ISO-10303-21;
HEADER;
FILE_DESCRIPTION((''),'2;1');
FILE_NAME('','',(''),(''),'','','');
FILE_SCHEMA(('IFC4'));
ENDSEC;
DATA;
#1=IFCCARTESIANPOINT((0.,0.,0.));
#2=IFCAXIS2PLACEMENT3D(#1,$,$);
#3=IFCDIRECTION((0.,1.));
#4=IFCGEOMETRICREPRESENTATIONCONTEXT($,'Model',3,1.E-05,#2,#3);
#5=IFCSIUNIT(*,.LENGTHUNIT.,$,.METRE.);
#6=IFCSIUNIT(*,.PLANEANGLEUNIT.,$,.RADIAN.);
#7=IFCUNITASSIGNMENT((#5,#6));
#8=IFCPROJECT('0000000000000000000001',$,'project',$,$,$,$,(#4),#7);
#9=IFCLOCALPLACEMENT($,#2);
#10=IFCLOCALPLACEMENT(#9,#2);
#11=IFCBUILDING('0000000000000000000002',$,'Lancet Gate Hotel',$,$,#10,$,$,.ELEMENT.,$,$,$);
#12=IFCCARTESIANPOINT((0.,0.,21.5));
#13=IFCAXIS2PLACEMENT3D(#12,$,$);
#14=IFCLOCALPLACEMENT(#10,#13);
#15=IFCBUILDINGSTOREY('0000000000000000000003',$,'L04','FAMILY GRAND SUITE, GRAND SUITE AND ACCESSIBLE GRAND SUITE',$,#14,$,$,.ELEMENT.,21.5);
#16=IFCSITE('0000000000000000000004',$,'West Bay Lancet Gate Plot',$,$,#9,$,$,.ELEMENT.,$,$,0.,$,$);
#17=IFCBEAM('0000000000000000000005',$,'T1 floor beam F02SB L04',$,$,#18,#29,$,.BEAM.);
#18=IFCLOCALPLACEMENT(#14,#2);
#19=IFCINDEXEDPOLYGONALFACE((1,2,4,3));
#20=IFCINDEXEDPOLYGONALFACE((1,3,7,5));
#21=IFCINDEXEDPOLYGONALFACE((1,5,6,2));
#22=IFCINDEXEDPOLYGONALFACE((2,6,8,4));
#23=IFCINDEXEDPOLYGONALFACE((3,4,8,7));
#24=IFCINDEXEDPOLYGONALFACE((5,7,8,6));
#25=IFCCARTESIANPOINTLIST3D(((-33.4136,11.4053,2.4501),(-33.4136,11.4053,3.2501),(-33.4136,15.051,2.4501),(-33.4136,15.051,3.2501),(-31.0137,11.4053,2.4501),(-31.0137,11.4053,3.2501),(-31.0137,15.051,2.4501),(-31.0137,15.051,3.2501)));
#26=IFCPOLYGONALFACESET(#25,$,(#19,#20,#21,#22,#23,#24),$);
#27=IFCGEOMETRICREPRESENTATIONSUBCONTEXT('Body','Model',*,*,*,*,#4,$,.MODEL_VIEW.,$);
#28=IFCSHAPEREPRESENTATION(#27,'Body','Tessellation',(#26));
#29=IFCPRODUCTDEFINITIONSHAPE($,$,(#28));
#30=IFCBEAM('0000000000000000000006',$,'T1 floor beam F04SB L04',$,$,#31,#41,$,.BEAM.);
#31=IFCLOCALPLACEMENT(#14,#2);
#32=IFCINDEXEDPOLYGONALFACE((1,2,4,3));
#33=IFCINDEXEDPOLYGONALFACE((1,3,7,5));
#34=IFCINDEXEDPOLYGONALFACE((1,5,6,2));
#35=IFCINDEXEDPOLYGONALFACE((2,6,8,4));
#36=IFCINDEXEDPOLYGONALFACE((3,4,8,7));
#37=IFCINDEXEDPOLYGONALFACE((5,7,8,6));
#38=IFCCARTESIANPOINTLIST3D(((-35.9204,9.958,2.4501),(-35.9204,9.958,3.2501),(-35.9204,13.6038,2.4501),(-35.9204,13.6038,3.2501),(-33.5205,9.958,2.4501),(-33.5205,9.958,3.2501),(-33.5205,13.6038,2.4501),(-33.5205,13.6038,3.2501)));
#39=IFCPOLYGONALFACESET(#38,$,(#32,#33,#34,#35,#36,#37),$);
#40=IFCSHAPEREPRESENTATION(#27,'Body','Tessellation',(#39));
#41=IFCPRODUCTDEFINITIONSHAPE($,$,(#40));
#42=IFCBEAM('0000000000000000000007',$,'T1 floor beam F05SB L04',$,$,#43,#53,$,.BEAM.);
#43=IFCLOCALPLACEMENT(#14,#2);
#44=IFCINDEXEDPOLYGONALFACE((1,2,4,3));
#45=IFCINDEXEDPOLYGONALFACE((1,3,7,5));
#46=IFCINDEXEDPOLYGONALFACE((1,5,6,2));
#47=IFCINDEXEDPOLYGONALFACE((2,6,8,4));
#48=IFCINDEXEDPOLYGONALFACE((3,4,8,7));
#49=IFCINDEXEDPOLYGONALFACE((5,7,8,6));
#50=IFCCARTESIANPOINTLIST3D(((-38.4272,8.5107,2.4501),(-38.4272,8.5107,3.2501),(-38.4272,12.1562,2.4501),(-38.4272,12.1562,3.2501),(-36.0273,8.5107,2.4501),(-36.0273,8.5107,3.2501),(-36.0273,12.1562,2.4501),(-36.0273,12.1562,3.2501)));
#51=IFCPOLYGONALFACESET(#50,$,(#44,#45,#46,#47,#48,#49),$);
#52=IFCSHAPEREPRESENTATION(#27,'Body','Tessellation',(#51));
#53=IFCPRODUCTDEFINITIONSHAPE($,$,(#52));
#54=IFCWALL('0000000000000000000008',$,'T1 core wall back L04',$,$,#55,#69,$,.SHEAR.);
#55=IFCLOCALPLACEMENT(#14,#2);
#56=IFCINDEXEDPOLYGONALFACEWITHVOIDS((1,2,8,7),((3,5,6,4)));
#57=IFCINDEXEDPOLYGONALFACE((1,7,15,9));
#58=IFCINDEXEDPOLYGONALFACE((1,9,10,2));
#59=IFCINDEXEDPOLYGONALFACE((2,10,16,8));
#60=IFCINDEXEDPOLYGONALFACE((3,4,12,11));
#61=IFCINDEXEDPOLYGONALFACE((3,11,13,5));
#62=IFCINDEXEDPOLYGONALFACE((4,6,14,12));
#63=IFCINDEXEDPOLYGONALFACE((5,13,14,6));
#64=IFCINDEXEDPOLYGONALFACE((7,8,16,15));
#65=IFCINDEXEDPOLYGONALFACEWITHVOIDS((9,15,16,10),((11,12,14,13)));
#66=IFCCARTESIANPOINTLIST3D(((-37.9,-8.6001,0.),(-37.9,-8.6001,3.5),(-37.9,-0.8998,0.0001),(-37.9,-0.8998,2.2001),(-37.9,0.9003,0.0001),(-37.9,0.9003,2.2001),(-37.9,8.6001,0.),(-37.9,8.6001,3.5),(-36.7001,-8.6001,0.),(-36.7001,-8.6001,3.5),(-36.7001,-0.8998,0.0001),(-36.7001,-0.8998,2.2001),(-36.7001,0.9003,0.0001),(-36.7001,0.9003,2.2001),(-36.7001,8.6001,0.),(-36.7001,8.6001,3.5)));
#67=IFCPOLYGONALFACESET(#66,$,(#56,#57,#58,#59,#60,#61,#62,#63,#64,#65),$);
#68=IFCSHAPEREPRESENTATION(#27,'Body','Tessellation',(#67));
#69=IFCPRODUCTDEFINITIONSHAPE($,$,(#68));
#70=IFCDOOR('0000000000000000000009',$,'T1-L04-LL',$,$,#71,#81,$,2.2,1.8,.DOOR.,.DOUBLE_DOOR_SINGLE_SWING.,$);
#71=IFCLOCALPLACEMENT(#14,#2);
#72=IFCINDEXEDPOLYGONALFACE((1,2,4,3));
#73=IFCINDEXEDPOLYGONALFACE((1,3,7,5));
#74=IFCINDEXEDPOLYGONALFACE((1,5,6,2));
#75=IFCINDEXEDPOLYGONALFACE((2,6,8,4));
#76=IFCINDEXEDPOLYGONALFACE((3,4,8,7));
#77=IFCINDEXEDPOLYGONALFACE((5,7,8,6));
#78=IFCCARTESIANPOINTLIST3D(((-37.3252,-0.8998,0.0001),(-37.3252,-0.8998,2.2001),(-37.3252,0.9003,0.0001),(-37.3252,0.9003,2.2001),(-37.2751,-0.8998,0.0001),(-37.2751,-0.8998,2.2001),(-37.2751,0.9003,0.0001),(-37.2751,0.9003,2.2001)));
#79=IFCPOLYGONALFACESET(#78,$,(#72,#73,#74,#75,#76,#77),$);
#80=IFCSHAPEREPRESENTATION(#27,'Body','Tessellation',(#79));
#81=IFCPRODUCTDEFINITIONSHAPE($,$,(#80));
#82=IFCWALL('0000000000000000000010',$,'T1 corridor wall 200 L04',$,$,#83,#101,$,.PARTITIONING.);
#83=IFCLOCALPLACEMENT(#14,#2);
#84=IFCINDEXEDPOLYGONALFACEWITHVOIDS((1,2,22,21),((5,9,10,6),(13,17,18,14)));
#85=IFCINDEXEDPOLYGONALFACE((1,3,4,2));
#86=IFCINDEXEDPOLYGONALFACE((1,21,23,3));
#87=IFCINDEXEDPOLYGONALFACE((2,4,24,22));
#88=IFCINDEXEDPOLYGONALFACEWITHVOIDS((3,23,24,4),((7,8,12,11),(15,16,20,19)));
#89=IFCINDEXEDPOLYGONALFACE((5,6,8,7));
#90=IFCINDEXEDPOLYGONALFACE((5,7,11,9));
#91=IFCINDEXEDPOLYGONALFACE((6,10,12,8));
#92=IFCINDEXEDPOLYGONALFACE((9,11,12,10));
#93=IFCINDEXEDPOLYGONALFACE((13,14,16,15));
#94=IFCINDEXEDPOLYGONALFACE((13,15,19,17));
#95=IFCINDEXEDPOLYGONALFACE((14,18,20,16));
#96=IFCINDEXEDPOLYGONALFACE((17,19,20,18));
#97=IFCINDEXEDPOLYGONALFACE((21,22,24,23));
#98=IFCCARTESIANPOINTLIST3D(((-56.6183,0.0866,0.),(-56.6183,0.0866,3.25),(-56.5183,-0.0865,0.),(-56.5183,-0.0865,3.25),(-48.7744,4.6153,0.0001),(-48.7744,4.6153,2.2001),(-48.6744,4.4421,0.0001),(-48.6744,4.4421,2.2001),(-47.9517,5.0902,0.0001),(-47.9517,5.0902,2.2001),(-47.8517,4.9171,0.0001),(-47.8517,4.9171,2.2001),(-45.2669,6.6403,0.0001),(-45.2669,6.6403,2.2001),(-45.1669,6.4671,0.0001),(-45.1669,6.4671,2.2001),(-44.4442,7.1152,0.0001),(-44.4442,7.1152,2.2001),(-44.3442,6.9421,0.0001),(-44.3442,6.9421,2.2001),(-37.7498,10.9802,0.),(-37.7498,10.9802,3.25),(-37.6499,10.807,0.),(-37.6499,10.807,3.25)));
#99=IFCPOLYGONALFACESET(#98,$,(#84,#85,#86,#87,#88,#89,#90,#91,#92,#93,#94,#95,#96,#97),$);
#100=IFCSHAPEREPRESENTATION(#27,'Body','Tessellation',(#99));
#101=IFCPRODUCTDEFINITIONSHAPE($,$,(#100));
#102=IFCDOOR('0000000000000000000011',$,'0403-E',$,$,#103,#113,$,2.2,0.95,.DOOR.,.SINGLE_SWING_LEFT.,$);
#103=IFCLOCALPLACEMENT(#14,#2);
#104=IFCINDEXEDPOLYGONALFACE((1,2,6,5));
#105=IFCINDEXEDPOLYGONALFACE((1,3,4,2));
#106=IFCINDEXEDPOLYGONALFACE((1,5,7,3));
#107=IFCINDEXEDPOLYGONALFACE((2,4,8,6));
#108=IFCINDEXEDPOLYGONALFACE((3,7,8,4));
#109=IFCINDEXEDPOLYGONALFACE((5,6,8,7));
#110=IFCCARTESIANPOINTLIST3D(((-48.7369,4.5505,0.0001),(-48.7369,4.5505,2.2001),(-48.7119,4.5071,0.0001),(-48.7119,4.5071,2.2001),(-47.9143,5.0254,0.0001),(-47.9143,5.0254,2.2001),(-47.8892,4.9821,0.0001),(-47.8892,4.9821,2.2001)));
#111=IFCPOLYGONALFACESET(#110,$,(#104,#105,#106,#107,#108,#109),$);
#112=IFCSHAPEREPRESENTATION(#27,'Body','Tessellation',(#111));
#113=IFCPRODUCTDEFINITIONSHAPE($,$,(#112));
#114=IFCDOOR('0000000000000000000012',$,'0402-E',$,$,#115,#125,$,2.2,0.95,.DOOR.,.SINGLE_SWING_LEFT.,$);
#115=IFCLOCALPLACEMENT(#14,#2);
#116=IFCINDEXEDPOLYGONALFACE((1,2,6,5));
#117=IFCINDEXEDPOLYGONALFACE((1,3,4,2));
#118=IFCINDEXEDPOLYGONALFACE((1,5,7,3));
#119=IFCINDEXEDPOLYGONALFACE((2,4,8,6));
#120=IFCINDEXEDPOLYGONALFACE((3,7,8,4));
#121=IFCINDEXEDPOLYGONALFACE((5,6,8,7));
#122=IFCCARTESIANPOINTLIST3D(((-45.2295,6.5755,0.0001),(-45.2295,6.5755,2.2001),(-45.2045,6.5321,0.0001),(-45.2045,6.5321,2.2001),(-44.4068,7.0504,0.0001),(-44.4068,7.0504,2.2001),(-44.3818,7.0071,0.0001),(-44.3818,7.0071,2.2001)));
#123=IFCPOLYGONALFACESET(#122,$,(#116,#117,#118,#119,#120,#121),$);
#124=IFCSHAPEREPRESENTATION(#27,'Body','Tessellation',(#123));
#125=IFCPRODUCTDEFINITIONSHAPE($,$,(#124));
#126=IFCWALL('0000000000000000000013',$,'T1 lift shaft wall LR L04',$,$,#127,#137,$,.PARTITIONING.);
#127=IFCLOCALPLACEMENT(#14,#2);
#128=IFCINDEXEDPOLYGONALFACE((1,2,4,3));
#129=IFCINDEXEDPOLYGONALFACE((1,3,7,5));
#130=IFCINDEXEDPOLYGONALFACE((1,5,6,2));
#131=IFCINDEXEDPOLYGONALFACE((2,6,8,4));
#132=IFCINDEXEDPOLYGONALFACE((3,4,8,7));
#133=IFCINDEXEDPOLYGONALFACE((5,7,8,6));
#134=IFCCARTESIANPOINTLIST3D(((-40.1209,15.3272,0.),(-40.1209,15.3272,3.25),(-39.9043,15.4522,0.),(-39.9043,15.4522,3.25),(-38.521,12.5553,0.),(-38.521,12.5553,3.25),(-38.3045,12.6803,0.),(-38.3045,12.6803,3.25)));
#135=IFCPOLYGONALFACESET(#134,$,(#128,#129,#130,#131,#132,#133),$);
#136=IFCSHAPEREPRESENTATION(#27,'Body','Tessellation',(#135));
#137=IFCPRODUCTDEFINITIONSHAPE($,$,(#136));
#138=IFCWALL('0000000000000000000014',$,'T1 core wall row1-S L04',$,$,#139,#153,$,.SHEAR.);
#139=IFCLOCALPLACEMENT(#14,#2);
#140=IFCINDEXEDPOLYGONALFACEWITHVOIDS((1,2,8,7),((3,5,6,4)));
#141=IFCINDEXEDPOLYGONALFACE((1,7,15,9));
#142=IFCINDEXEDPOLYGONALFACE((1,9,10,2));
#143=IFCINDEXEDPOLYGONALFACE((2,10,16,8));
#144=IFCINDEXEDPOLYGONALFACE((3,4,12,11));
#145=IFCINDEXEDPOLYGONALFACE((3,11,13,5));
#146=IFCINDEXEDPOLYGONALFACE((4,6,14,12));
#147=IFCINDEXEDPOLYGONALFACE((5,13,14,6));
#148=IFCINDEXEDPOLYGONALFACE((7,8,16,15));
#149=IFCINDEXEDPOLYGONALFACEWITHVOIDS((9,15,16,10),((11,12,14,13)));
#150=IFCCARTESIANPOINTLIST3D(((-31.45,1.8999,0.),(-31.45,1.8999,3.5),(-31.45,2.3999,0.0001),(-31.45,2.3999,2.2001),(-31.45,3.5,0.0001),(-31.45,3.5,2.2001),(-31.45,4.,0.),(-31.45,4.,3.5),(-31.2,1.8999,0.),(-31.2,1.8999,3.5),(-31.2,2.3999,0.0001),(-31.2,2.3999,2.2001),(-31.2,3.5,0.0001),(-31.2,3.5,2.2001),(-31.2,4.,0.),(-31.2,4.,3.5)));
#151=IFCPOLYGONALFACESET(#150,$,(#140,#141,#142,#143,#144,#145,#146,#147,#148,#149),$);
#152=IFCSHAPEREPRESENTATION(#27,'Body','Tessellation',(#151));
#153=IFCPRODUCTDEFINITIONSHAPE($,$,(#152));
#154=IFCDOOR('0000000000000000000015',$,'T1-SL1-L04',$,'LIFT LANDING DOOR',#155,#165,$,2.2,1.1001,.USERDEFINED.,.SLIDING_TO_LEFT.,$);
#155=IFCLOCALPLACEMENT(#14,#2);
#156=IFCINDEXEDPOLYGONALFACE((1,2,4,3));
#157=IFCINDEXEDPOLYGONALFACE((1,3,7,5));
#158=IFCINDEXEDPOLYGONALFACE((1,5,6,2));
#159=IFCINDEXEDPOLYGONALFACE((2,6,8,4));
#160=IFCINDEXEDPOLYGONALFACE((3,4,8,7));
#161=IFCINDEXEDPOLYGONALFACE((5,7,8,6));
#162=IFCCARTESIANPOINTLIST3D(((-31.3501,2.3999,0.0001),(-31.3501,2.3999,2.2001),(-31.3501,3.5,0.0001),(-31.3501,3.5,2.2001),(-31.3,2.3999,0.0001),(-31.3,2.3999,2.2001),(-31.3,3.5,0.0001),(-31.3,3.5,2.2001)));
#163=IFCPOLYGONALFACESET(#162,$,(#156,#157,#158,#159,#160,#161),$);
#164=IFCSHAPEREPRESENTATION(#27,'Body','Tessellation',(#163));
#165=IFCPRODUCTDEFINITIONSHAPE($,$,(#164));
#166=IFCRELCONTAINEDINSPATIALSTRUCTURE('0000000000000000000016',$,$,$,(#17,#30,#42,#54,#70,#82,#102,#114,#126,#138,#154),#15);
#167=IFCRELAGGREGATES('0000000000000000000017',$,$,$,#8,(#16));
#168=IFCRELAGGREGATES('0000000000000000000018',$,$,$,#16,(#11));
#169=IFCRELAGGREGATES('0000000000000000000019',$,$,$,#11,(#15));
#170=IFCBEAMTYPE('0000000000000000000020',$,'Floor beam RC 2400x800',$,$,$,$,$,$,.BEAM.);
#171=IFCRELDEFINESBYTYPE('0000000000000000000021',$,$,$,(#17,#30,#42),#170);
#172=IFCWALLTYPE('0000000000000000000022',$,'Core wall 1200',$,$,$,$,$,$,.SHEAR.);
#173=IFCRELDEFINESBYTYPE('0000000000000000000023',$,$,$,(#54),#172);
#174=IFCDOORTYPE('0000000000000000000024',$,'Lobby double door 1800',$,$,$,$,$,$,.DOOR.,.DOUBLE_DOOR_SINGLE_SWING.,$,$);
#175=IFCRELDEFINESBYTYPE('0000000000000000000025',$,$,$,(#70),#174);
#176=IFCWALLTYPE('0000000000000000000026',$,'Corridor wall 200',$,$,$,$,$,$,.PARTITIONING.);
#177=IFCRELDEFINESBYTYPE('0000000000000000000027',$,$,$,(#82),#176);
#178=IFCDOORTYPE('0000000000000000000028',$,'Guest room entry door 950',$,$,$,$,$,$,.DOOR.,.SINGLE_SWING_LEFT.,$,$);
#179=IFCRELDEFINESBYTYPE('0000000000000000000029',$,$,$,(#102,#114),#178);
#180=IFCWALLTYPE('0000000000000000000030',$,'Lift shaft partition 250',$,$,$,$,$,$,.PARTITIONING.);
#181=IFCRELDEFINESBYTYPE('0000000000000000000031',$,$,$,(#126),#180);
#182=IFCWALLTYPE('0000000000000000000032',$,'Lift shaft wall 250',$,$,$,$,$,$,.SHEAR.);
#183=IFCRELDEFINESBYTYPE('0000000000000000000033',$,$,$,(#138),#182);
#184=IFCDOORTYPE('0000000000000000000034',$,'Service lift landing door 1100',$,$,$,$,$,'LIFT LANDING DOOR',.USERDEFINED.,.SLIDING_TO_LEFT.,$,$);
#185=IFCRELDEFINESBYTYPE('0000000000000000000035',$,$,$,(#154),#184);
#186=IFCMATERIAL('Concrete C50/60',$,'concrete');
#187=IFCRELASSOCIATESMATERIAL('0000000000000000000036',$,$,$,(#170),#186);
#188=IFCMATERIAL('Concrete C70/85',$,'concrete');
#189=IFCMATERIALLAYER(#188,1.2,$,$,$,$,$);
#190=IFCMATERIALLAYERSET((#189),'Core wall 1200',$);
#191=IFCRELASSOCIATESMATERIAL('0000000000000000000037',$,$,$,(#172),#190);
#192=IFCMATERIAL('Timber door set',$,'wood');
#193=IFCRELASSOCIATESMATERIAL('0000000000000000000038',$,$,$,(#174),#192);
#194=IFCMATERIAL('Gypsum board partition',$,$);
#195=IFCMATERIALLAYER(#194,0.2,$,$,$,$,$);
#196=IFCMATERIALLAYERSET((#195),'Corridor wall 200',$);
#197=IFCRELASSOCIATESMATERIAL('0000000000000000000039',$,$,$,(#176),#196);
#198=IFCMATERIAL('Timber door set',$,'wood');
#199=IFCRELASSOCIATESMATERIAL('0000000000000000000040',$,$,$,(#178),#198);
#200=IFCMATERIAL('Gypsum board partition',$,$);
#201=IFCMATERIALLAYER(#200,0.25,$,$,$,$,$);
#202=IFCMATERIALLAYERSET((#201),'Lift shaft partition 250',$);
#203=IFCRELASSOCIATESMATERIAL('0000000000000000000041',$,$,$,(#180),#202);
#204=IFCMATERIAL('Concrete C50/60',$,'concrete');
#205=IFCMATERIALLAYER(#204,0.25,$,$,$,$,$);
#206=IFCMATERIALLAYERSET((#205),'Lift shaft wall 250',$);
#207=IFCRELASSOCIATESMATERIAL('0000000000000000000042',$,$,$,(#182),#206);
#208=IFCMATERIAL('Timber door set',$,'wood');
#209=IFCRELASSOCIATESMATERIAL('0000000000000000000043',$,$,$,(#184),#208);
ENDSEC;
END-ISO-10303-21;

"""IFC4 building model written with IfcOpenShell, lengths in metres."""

from ifc_helpers import new_model, si_unit, direction, frame, frame_2d, origin, origin_2d, place, context, subcontext, project, spatial, rectangle, extrude, material, layer, layer_set, material_profile, profile_set, type_object, element, fill, save


model = new_model("IFC4")

# Units and contexts
model_context = context("Model", 3, precision=1e-05, world=origin(), true_north=direction((0.0, 1.0)))
body_context = subcontext(model_context, "Body", "Model", "MODEL_VIEW")
ifc_project = project(units=[si_unit("LENGTHUNIT", "METRE"), si_unit("PLANEANGLEUNIT", "RADIAN")], contexts=[model_context])

# Site, building, storey
site_placement = place(None, origin())
site = spatial("IfcSite", under=ifc_project, at=site_placement, Name="West Bay Lancet Gate Plot", CompositionType="ELEMENT", RefElevation=0.0)
building_placement = place(site_placement, origin())
building = spatial("IfcBuilding", under=site, at=building_placement, Name="Lancet Gate Hotel", CompositionType="ELEMENT")
storey_placement = place(building_placement, frame((0.0, 0.0, 21.5)))
storey = spatial("IfcBuildingStorey", under=building, at=storey_placement, Name="L04", Description="FAMILY GRAND SUITE, GRAND SUITE AND ACCESSIBLE GRAND SUITE", CompositionType="ELEMENT", Elevation=21.5)

# Beams
ifc_material_1 = material(Name="Concrete C50/60", Category="concrete")
ifc_material_profile = material_profile(ifc_material_1, rectangle(XDim=2.3999, YDim=0.8, at=origin_2d()), Name="RC 2400x800")
ifc_profile_set = profile_set([ifc_material_profile], Name="Concrete C50/60")
beam_type = type_object("IfcBeamType", Name="Floor beam RC 2400x800", PredefinedType="BEAM", material=ifc_profile_set)
for number, where, z_axis, x_axis, name in (
    (1, (-32.2136, 15.051, 2.8501), (0.0, -1.0, 0.0), (1.0, 0.0, 0.0), "T1 floor beam F02SB L04"),
    (2, (-34.7205, 13.6038, 2.8501), (0.0, -1.0, 0.0), (1.0, 0.0, 0.0), "T1 floor beam F04SB L04"),
):
    element("IfcBeam", number, at=place(storey_placement, frame(where, z_axis=z_axis, x_axis=x_axis)), inside=storey, type_object=beam_type, Name=name, PredefinedType="BEAM", context=body_context, shape_type="SweptSolid", body=[
        extrude(rectangle(XDim=2.3999, YDim=0.8, at=origin_2d()), origin(), (0.0, 0.0, 1.0), 3.6458),
    ])
beam_placement = place(storey_placement, frame((-37.2273, 12.1562, 2.8501), z_axis=(0.0, -1.0, 0.0), x_axis=(1.0, 0.0, 0.0)))
element("IfcBeam", 3, at=beam_placement, inside=storey, type_object=beam_type, Name="T1 floor beam F05SB L04", PredefinedType="BEAM", context=body_context, shape_type="SweptSolid", body=[
    extrude(rectangle(XDim=2.3999, YDim=0.8, at=origin_2d()), origin(), (0.0, 0.0, 1.0), 3.6455),
])

# Wall, opening, door
ifc_material_2 = material(Name="Concrete C70/85", Category="concrete")
ifc_layer_1 = layer(ifc_material_2, 1.2)
ifc_layer_set_1 = layer_set([ifc_layer_1], Name="Core wall 1200")
wall_type_1 = type_object("IfcWallType", Name="Core wall 1200", PredefinedType="SHEAR", material=ifc_layer_set_1)
wall_1_placement = place(storey_placement, frame((-37.3, 8.6001, 0.0), z_axis=(0.0, 0.0, 1.0), x_axis=(0.0, -1.0, 0.0)))
wall_1 = element("IfcWall", 4, at=wall_1_placement, inside=storey, type_object=wall_type_1, Name="T1 core wall back L04", PredefinedType="SHEAR", context=body_context, shape_type="SweptSolid", body=[
    extrude(rectangle(XDim=17.2002, YDim=1.2, at=frame_2d((8.6001, 0.0))), origin(), (0.0, 0.0, 1.0), 3.5),
])
opening_1_placement = place(wall_1_placement, frame((7.7, 0.0, 0.0)))
opening_1 = element("IfcOpeningElement", 5, at=opening_1_placement, cuts=wall_1, PredefinedType="OPENING", context=body_context, shape_type="SweptSolid", body=[
    extrude(rectangle(XDim=1.8, YDim=2.2, at=frame_2d((0.8999, 1.1001))), frame((0.0, 0.6099, 0.0), z_axis=(0.0, -1.0, 0.0), x_axis=(1.0, 0.0, 0.0)), (0.0, 0.0, 1.0), 1.22),
])
ifc_material_3 = material(Name="Timber door set", Category="wood")
door_type_1 = type_object("IfcDoorType", Name="Lobby double door 1800", OperationType="DOUBLE_DOOR_SINGLE_SWING", PredefinedType="DOOR", material=ifc_material_3)
door_1_placement = place(opening_1_placement, origin())
door_1 = element("IfcDoor", 6, at=door_1_placement, inside=storey, type_object=door_type_1, Name="T1-L04-LL", OperationType="DOUBLE_DOOR_SINGLE_SWING", OverallHeight=2.2, OverallWidth=1.8, PredefinedType="DOOR", context=body_context, shape_type="SweptSolid", body=[
    extrude(rectangle(XDim=1.8, YDim=2.2, at=frame_2d((0.8999, 1.1001))), frame((0.0, 0.0249, 0.0), z_axis=(0.0, -1.0, 0.0), x_axis=(1.0, 0.0, 0.0)), (0.0, 0.0, 1.0), 0.05),
])
fill(opening_1, door_1)

# Wall, openings, doors
ifc_material_4 = material(Name="Gypsum board partition")
ifc_layer_2 = layer(ifc_material_4, 0.2)
ifc_layer_set_2 = layer_set([ifc_layer_2], Name="Corridor wall 200")
wall_type_2 = type_object("IfcWallType", Name="Corridor wall 200", PredefinedType="PARTITIONING", material=ifc_layer_set_2)
wall_2_placement = place(storey_placement, frame((-37.7, 10.8936, 0.0), z_axis=(0.0, 0.0, 1.0), x_axis=(-0.866028, -0.499996, 0.0)))
wall_2 = element("IfcWall", 7, at=wall_2_placement, inside=storey, type_object=wall_type_2, Name="T1 corridor wall 200 L04", PredefinedType="PARTITIONING", context=body_context, shape_type="SweptSolid", body=[
    extrude(rectangle(XDim=21.7874, YDim=0.2, at=frame_2d((10.8936, 0.0))), origin(), (0.0, 0.0, 1.0), 3.25),
])
opening_2_placement = place(wall_2_placement, frame((11.7798, 0.0, 0.0)))
opening_2 = element("IfcOpeningElement", 8, at=opening_2_placement, cuts=wall_2, PredefinedType="OPENING", context=body_context, shape_type="SweptSolid", body=[
    extrude(rectangle(XDim=0.95, YDim=2.2, at=frame_2d((0.4751, 1.1001))), frame((0.0, 0.1099, 0.0), z_axis=(0.0, -1.0, 0.0), x_axis=(1.0, 0.0, 0.0)), (0.0, 0.0, 1.0), 0.22),
])
opening_3_placement = place(wall_2_placement, frame((7.7297, 0.0, 0.0)))
opening_3 = element("IfcOpeningElement", 9, at=opening_3_placement, cuts=wall_2, PredefinedType="OPENING", context=body_context, shape_type="SweptSolid", body=[
    extrude(rectangle(XDim=0.95, YDim=2.2, at=frame_2d((0.4751, 1.1001))), frame((0.0, 0.1099, 0.0), z_axis=(0.0, -1.0, 0.0), x_axis=(1.0, 0.0, 0.0)), (0.0, 0.0, 1.0), 0.22),
])
ifc_material_5 = material(Name="Timber door set", Category="wood")
door_type_2 = type_object("IfcDoorType", Name="Guest room entry door 950", OperationType="SINGLE_SWING_LEFT", PredefinedType="DOOR", material=ifc_material_5)
door_2_placement = place(opening_2_placement, origin())
door_2 = element("IfcDoor", 10, at=door_2_placement, inside=storey, type_object=door_type_2, Name="0403-E", OperationType="SINGLE_SWING_LEFT", OverallHeight=2.2, OverallWidth=0.95, PredefinedType="DOOR", context=body_context, shape_type="SweptSolid", body=[
    extrude(rectangle(XDim=0.95, YDim=2.2, at=frame_2d((0.4751, 1.1001))), frame((0.0, 0.0249, 0.0), z_axis=(0.0, -1.0, 0.0), x_axis=(1.0, 0.0, 0.0)), (0.0, 0.0, 1.0), 0.05),
])
fill(opening_2, door_2)
door_3_placement = place(opening_3_placement, origin())
door_3 = element("IfcDoor", 11, at=door_3_placement, inside=storey, type_object=door_type_2, Name="0402-E", OperationType="SINGLE_SWING_LEFT", OverallHeight=2.2, OverallWidth=0.95, PredefinedType="DOOR", context=body_context, shape_type="SweptSolid", body=[
    extrude(rectangle(XDim=0.95, YDim=2.2, at=frame_2d((0.4751, 1.1001))), frame((0.0, 0.0249, 0.0), z_axis=(0.0, -1.0, 0.0), x_axis=(1.0, 0.0, 0.0)), (0.0, 0.0, 1.0), 0.05),
])
fill(opening_3, door_3)

# Wall
ifc_material_6 = material(Name="Gypsum board partition")
ifc_layer_3 = layer(ifc_material_6, 0.25)
ifc_layer_set_3 = layer_set([ifc_layer_3], Name="Lift shaft partition 250")
wall_type_3 = type_object("IfcWallType", Name="Lift shaft partition 250", PredefinedType="PARTITIONING", material=ifc_layer_set_3)
wall_3_placement = place(storey_placement, frame((-38.4128, 12.6179, 0.0), z_axis=(0.0, 0.0, 1.0), x_axis=(-0.499872, 0.866099, 0.0)))
element("IfcWall", 12, at=wall_3_placement, inside=storey, type_object=wall_type_3, Name="T1 lift shaft wall LR L04", PredefinedType="PARTITIONING", context=body_context, shape_type="SweptSolid", body=[
    extrude(rectangle(XDim=3.2004, YDim=0.25, at=frame_2d((1.6001, 0.0))), origin(), (0.0, 0.0, 1.0), 3.25),
])

# Wall, opening, door
ifc_material_7 = material(Name="Concrete C50/60", Category="concrete")
ifc_layer_4 = layer(ifc_material_7, 0.25)
ifc_layer_set_4 = layer_set([ifc_layer_4], Name="Lift shaft wall 250")
wall_type_4 = type_object("IfcWallType", Name="Lift shaft wall 250", PredefinedType="SHEAR", material=ifc_layer_set_4)
wall_4_placement = place(storey_placement, frame((-31.325, 4.0, 0.0), z_axis=(0.0, 0.0, 1.0), x_axis=(0.0, -1.0, 0.0)))
wall_4 = element("IfcWall", 13, at=wall_4_placement, inside=storey, type_object=wall_type_4, Name="T1 core wall row1-S L04", PredefinedType="SHEAR", context=body_context, shape_type="SweptSolid", body=[
    extrude(rectangle(XDim=2.1001, YDim=0.25, at=frame_2d((1.05, 0.0))), origin(), (0.0, 0.0, 1.0), 3.5),
])
opening_4_placement = place(wall_4_placement, frame((0.5, 0.0, 0.0)))
opening_4 = element("IfcOpeningElement", 14, at=opening_4_placement, cuts=wall_4, PredefinedType="OPENING", context=body_context, shape_type="SweptSolid", body=[
    extrude(rectangle(XDim=1.1001, YDim=2.2, at=frame_2d((0.55, 1.1001))), frame((0.0, 0.135, 0.0), z_axis=(0.0, -1.0, 0.0), x_axis=(1.0, 0.0, 0.0)), (0.0, 0.0, 1.0), 0.27),
])
ifc_material_8 = material(Name="Timber door set", Category="wood")
door_type_3 = type_object("IfcDoorType", Name="Service lift landing door 1100", ElementType="LIFT LANDING DOOR", OperationType="SLIDING_TO_LEFT", PredefinedType="USERDEFINED", material=ifc_material_8)
door_4_placement = place(opening_4_placement, origin())
door_4 = element("IfcDoor", 15, at=door_4_placement, inside=storey, type_object=door_type_3, Name="T1-SL1-L04", ObjectType="LIFT LANDING DOOR", OperationType="SLIDING_TO_LEFT", OverallHeight=2.2, OverallWidth=1.1001, PredefinedType="USERDEFINED", context=body_context, shape_type="SweptSolid", body=[
    extrude(rectangle(XDim=1.1001, YDim=2.2, at=frame_2d((0.55, 1.1001))), frame((0.0, 0.0249, 0.0), z_axis=(0.0, -1.0, 0.0), x_axis=(1.0, 0.0, 0.0)), (0.0, 0.0, 1.0), 0.05),
])
fill(opening_4, door_4)

save(model, "model.ifc")
